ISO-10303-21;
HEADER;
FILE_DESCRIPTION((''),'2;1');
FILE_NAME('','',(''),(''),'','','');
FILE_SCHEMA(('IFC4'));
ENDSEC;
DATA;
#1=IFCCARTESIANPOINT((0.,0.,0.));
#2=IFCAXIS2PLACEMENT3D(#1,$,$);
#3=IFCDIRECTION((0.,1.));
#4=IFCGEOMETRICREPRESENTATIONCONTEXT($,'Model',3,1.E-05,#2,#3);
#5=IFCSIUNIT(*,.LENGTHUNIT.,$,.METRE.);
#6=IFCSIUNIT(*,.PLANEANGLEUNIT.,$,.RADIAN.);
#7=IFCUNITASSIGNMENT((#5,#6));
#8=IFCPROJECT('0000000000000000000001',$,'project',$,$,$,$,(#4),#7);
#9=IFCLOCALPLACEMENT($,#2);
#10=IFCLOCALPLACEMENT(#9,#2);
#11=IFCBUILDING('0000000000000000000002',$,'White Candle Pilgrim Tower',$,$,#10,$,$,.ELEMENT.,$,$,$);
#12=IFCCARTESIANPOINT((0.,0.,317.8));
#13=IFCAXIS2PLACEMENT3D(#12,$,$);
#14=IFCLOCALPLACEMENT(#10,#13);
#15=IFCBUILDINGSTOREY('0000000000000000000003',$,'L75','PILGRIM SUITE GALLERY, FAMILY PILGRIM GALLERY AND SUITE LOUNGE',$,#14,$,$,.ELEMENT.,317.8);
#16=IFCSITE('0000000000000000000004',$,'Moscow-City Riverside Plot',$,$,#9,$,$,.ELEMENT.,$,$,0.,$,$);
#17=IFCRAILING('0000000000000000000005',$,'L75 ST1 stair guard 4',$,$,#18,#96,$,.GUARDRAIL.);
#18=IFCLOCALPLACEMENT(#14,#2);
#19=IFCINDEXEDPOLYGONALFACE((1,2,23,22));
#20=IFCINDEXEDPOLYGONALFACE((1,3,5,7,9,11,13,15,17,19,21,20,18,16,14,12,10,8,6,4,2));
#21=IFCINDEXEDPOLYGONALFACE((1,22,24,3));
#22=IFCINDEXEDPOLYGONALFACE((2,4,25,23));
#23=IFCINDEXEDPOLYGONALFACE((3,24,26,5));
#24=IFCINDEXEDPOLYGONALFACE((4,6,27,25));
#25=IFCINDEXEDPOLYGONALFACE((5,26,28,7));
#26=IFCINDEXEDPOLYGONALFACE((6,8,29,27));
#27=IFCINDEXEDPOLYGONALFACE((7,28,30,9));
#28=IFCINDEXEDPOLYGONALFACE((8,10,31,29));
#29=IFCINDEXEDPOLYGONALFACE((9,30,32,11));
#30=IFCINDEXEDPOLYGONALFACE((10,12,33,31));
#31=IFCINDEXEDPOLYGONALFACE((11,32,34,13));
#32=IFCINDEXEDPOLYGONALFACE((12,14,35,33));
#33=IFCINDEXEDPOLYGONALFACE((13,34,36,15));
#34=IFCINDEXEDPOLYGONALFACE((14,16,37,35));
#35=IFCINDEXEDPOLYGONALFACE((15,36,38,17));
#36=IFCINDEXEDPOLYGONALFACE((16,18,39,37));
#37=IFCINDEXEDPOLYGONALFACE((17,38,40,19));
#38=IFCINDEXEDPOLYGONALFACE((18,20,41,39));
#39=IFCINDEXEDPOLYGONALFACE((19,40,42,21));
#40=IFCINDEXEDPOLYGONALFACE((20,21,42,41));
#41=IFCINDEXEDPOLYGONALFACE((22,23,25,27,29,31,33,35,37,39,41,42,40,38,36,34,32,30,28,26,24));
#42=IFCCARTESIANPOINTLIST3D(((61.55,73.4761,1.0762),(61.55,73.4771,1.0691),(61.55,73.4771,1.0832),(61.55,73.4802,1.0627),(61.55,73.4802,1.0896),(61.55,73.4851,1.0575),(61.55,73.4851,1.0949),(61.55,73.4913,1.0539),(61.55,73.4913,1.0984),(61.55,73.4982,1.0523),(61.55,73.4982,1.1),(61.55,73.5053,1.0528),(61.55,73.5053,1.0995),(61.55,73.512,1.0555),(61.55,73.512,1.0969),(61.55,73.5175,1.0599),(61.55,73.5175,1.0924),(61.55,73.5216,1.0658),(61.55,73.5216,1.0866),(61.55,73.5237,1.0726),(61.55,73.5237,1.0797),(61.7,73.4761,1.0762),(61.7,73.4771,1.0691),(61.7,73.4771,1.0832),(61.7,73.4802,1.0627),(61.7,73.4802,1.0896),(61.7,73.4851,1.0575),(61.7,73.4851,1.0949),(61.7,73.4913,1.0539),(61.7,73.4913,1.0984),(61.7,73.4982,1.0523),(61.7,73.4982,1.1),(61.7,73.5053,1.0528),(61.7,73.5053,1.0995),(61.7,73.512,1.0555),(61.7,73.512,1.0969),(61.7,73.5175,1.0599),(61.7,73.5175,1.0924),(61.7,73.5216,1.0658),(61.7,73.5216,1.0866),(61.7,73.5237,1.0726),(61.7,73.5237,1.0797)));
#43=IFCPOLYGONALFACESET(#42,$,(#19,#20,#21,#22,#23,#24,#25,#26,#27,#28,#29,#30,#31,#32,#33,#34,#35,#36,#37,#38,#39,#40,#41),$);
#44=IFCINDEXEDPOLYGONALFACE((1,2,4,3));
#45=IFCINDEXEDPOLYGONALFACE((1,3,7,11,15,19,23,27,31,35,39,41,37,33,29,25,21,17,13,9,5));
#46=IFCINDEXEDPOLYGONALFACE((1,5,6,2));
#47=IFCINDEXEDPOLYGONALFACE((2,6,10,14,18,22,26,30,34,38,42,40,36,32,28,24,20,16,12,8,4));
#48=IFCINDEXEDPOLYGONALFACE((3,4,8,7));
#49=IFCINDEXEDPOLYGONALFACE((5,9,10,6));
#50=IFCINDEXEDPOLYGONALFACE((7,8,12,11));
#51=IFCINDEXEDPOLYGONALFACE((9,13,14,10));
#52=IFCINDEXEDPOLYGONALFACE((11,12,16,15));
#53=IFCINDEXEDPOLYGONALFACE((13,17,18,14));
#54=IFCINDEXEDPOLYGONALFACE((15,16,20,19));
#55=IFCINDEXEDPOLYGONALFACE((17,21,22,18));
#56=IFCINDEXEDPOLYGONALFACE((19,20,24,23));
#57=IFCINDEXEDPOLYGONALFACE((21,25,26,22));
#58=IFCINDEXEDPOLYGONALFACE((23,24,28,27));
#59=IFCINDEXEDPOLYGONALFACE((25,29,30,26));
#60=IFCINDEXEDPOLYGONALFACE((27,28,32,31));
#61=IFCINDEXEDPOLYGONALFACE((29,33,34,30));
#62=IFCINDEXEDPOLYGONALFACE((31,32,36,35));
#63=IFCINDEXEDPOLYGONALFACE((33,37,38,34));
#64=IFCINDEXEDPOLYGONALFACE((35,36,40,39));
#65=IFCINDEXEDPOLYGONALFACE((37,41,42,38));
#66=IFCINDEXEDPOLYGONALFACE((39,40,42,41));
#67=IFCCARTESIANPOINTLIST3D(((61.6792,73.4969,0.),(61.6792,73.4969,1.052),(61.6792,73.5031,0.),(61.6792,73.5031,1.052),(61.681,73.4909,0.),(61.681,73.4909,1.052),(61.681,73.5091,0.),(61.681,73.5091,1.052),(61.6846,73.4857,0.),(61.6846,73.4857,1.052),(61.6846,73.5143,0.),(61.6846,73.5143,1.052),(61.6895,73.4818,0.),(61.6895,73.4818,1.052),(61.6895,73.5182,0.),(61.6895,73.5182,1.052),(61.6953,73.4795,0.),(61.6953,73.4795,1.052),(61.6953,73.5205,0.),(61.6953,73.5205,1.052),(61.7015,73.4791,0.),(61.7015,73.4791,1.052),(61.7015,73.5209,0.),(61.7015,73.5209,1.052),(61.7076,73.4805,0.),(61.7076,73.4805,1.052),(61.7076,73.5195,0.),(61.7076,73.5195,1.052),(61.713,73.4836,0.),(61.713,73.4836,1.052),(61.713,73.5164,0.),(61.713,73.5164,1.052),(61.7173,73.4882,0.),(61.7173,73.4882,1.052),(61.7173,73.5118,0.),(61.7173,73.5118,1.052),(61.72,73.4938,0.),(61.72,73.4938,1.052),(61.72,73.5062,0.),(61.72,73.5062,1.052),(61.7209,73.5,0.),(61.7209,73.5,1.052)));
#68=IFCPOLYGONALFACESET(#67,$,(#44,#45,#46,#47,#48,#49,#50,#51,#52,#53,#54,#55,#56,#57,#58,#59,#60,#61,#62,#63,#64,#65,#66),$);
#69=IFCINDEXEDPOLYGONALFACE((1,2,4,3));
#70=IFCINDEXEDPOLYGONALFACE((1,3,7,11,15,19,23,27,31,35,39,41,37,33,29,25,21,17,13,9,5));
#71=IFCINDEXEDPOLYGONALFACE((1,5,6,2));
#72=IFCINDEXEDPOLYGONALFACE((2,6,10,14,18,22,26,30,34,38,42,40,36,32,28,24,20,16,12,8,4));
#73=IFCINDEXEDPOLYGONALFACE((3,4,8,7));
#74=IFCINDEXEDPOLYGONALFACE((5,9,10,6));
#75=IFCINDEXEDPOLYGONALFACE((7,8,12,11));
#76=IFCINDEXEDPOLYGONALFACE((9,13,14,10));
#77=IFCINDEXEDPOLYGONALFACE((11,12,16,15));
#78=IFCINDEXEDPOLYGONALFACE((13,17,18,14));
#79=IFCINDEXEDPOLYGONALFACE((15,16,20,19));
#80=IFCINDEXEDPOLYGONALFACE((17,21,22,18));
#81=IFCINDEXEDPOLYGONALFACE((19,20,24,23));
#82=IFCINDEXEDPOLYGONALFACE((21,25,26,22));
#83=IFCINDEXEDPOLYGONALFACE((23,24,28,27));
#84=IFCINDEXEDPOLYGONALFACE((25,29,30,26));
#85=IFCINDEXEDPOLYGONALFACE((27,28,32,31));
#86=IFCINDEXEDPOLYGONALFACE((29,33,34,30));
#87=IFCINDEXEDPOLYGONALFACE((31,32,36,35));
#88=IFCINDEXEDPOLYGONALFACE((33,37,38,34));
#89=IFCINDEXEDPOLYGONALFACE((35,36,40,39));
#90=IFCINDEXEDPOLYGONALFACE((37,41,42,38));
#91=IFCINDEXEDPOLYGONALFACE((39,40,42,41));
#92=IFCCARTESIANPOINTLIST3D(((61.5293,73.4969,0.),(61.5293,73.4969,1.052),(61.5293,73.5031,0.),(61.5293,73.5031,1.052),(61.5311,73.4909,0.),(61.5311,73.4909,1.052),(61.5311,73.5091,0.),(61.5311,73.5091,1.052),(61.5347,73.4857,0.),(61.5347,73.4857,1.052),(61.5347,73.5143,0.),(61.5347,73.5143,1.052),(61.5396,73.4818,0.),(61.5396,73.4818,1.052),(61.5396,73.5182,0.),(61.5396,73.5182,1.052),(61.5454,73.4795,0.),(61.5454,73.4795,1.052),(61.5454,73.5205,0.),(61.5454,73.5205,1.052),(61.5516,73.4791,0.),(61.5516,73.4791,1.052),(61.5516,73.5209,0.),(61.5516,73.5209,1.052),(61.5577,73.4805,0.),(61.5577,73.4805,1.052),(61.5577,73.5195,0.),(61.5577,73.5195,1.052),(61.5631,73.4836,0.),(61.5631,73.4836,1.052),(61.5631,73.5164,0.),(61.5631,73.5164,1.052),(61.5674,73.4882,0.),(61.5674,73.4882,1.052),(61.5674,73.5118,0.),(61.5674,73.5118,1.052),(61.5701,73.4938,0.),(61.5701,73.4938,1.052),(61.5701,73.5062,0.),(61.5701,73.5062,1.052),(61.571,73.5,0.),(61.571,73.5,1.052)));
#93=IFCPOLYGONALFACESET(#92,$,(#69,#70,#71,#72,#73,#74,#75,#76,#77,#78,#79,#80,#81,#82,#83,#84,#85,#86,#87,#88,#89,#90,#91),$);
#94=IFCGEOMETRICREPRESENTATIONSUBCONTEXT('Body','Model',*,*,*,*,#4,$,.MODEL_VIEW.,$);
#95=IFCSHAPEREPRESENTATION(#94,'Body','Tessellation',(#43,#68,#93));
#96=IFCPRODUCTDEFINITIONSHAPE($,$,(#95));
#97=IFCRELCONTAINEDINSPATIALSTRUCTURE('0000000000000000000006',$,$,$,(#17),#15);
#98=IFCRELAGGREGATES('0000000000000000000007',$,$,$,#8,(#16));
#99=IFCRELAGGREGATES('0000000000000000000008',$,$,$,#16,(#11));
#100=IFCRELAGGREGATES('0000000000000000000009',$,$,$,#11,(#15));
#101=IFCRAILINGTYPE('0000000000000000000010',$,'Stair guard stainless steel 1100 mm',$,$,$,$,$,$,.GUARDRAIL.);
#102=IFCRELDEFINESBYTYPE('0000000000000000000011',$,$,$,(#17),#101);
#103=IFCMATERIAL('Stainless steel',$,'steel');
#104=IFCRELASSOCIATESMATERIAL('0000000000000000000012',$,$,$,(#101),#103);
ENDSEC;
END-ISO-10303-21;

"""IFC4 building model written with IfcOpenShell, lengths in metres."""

from ifc_helpers import new_model, si_unit, direction, frame, origin, origin_2d, place, context, subcontext, project, spatial, circle, extrude, material, type_object, element, save


model = new_model("IFC4")

# Units and contexts
model_context = context("Model", 3, precision=1e-05, world=origin(), true_north=direction((0.0, 1.0)))
body_context = subcontext(model_context, "Body", "Model", "MODEL_VIEW")
ifc_project = project(units=[si_unit("LENGTHUNIT", "METRE"), si_unit("PLANEANGLEUNIT", "RADIAN")], contexts=[model_context])

# Site, building, storey
site_placement = place(None, origin())
site = spatial("IfcSite", under=ifc_project, at=site_placement, Name="Moscow-City Riverside Plot", CompositionType="ELEMENT", RefElevation=0.0)
building_placement = place(site_placement, origin())
building = spatial("IfcBuilding", under=site, at=building_placement, Name="White Candle Pilgrim Tower", CompositionType="ELEMENT")
storey_placement = place(building_placement, frame((0.0, 0.0, 317.8)))
storey = spatial("IfcBuildingStorey", under=building, at=storey_placement, Name="L75", Description="PILGRIM SUITE GALLERY, FAMILY PILGRIM GALLERY AND SUITE LOUNGE", CompositionType="ELEMENT", Elevation=317.8)

# Railing
ifc_material_1 = material(Name="Stainless steel", Category="steel")
railing_type_1 = type_object("IfcRailingType", Name="Stair guard stainless steel 1100 mm", PredefinedType="GUARDRAIL", material=ifc_material_1)
railing_1_placement = place(storey_placement, frame((61.7, 73.5, 0.0)))
element("IfcRailing", 1, at=railing_1_placement, inside=storey, type_object=railing_type_1, Name="L75 ST1 stair guard 4", PredefinedType="GUARDRAIL", context=body_context, shape_type="SweptSolid", body=[
    extrude(circle(Radius=0.0239, at=origin_2d()), frame((0.0, 0.0, 1.0762), z_axis=(-1.0, 0.0, 0.0), x_axis=(0.0, -1.0, 0.0)), (0.0, 0.0, 1.0), 0.1499),
    extrude(circle(Radius=0.021, at=origin_2d()), origin(), (0.0, 0.0, 1.0), 1.052),
    extrude(circle(Radius=0.021, at=origin_2d()), frame((-0.1499, 0.0, 0.0)), (0.0, 0.0, 1.0), 1.052),
])

save(model, "model.ifc")
